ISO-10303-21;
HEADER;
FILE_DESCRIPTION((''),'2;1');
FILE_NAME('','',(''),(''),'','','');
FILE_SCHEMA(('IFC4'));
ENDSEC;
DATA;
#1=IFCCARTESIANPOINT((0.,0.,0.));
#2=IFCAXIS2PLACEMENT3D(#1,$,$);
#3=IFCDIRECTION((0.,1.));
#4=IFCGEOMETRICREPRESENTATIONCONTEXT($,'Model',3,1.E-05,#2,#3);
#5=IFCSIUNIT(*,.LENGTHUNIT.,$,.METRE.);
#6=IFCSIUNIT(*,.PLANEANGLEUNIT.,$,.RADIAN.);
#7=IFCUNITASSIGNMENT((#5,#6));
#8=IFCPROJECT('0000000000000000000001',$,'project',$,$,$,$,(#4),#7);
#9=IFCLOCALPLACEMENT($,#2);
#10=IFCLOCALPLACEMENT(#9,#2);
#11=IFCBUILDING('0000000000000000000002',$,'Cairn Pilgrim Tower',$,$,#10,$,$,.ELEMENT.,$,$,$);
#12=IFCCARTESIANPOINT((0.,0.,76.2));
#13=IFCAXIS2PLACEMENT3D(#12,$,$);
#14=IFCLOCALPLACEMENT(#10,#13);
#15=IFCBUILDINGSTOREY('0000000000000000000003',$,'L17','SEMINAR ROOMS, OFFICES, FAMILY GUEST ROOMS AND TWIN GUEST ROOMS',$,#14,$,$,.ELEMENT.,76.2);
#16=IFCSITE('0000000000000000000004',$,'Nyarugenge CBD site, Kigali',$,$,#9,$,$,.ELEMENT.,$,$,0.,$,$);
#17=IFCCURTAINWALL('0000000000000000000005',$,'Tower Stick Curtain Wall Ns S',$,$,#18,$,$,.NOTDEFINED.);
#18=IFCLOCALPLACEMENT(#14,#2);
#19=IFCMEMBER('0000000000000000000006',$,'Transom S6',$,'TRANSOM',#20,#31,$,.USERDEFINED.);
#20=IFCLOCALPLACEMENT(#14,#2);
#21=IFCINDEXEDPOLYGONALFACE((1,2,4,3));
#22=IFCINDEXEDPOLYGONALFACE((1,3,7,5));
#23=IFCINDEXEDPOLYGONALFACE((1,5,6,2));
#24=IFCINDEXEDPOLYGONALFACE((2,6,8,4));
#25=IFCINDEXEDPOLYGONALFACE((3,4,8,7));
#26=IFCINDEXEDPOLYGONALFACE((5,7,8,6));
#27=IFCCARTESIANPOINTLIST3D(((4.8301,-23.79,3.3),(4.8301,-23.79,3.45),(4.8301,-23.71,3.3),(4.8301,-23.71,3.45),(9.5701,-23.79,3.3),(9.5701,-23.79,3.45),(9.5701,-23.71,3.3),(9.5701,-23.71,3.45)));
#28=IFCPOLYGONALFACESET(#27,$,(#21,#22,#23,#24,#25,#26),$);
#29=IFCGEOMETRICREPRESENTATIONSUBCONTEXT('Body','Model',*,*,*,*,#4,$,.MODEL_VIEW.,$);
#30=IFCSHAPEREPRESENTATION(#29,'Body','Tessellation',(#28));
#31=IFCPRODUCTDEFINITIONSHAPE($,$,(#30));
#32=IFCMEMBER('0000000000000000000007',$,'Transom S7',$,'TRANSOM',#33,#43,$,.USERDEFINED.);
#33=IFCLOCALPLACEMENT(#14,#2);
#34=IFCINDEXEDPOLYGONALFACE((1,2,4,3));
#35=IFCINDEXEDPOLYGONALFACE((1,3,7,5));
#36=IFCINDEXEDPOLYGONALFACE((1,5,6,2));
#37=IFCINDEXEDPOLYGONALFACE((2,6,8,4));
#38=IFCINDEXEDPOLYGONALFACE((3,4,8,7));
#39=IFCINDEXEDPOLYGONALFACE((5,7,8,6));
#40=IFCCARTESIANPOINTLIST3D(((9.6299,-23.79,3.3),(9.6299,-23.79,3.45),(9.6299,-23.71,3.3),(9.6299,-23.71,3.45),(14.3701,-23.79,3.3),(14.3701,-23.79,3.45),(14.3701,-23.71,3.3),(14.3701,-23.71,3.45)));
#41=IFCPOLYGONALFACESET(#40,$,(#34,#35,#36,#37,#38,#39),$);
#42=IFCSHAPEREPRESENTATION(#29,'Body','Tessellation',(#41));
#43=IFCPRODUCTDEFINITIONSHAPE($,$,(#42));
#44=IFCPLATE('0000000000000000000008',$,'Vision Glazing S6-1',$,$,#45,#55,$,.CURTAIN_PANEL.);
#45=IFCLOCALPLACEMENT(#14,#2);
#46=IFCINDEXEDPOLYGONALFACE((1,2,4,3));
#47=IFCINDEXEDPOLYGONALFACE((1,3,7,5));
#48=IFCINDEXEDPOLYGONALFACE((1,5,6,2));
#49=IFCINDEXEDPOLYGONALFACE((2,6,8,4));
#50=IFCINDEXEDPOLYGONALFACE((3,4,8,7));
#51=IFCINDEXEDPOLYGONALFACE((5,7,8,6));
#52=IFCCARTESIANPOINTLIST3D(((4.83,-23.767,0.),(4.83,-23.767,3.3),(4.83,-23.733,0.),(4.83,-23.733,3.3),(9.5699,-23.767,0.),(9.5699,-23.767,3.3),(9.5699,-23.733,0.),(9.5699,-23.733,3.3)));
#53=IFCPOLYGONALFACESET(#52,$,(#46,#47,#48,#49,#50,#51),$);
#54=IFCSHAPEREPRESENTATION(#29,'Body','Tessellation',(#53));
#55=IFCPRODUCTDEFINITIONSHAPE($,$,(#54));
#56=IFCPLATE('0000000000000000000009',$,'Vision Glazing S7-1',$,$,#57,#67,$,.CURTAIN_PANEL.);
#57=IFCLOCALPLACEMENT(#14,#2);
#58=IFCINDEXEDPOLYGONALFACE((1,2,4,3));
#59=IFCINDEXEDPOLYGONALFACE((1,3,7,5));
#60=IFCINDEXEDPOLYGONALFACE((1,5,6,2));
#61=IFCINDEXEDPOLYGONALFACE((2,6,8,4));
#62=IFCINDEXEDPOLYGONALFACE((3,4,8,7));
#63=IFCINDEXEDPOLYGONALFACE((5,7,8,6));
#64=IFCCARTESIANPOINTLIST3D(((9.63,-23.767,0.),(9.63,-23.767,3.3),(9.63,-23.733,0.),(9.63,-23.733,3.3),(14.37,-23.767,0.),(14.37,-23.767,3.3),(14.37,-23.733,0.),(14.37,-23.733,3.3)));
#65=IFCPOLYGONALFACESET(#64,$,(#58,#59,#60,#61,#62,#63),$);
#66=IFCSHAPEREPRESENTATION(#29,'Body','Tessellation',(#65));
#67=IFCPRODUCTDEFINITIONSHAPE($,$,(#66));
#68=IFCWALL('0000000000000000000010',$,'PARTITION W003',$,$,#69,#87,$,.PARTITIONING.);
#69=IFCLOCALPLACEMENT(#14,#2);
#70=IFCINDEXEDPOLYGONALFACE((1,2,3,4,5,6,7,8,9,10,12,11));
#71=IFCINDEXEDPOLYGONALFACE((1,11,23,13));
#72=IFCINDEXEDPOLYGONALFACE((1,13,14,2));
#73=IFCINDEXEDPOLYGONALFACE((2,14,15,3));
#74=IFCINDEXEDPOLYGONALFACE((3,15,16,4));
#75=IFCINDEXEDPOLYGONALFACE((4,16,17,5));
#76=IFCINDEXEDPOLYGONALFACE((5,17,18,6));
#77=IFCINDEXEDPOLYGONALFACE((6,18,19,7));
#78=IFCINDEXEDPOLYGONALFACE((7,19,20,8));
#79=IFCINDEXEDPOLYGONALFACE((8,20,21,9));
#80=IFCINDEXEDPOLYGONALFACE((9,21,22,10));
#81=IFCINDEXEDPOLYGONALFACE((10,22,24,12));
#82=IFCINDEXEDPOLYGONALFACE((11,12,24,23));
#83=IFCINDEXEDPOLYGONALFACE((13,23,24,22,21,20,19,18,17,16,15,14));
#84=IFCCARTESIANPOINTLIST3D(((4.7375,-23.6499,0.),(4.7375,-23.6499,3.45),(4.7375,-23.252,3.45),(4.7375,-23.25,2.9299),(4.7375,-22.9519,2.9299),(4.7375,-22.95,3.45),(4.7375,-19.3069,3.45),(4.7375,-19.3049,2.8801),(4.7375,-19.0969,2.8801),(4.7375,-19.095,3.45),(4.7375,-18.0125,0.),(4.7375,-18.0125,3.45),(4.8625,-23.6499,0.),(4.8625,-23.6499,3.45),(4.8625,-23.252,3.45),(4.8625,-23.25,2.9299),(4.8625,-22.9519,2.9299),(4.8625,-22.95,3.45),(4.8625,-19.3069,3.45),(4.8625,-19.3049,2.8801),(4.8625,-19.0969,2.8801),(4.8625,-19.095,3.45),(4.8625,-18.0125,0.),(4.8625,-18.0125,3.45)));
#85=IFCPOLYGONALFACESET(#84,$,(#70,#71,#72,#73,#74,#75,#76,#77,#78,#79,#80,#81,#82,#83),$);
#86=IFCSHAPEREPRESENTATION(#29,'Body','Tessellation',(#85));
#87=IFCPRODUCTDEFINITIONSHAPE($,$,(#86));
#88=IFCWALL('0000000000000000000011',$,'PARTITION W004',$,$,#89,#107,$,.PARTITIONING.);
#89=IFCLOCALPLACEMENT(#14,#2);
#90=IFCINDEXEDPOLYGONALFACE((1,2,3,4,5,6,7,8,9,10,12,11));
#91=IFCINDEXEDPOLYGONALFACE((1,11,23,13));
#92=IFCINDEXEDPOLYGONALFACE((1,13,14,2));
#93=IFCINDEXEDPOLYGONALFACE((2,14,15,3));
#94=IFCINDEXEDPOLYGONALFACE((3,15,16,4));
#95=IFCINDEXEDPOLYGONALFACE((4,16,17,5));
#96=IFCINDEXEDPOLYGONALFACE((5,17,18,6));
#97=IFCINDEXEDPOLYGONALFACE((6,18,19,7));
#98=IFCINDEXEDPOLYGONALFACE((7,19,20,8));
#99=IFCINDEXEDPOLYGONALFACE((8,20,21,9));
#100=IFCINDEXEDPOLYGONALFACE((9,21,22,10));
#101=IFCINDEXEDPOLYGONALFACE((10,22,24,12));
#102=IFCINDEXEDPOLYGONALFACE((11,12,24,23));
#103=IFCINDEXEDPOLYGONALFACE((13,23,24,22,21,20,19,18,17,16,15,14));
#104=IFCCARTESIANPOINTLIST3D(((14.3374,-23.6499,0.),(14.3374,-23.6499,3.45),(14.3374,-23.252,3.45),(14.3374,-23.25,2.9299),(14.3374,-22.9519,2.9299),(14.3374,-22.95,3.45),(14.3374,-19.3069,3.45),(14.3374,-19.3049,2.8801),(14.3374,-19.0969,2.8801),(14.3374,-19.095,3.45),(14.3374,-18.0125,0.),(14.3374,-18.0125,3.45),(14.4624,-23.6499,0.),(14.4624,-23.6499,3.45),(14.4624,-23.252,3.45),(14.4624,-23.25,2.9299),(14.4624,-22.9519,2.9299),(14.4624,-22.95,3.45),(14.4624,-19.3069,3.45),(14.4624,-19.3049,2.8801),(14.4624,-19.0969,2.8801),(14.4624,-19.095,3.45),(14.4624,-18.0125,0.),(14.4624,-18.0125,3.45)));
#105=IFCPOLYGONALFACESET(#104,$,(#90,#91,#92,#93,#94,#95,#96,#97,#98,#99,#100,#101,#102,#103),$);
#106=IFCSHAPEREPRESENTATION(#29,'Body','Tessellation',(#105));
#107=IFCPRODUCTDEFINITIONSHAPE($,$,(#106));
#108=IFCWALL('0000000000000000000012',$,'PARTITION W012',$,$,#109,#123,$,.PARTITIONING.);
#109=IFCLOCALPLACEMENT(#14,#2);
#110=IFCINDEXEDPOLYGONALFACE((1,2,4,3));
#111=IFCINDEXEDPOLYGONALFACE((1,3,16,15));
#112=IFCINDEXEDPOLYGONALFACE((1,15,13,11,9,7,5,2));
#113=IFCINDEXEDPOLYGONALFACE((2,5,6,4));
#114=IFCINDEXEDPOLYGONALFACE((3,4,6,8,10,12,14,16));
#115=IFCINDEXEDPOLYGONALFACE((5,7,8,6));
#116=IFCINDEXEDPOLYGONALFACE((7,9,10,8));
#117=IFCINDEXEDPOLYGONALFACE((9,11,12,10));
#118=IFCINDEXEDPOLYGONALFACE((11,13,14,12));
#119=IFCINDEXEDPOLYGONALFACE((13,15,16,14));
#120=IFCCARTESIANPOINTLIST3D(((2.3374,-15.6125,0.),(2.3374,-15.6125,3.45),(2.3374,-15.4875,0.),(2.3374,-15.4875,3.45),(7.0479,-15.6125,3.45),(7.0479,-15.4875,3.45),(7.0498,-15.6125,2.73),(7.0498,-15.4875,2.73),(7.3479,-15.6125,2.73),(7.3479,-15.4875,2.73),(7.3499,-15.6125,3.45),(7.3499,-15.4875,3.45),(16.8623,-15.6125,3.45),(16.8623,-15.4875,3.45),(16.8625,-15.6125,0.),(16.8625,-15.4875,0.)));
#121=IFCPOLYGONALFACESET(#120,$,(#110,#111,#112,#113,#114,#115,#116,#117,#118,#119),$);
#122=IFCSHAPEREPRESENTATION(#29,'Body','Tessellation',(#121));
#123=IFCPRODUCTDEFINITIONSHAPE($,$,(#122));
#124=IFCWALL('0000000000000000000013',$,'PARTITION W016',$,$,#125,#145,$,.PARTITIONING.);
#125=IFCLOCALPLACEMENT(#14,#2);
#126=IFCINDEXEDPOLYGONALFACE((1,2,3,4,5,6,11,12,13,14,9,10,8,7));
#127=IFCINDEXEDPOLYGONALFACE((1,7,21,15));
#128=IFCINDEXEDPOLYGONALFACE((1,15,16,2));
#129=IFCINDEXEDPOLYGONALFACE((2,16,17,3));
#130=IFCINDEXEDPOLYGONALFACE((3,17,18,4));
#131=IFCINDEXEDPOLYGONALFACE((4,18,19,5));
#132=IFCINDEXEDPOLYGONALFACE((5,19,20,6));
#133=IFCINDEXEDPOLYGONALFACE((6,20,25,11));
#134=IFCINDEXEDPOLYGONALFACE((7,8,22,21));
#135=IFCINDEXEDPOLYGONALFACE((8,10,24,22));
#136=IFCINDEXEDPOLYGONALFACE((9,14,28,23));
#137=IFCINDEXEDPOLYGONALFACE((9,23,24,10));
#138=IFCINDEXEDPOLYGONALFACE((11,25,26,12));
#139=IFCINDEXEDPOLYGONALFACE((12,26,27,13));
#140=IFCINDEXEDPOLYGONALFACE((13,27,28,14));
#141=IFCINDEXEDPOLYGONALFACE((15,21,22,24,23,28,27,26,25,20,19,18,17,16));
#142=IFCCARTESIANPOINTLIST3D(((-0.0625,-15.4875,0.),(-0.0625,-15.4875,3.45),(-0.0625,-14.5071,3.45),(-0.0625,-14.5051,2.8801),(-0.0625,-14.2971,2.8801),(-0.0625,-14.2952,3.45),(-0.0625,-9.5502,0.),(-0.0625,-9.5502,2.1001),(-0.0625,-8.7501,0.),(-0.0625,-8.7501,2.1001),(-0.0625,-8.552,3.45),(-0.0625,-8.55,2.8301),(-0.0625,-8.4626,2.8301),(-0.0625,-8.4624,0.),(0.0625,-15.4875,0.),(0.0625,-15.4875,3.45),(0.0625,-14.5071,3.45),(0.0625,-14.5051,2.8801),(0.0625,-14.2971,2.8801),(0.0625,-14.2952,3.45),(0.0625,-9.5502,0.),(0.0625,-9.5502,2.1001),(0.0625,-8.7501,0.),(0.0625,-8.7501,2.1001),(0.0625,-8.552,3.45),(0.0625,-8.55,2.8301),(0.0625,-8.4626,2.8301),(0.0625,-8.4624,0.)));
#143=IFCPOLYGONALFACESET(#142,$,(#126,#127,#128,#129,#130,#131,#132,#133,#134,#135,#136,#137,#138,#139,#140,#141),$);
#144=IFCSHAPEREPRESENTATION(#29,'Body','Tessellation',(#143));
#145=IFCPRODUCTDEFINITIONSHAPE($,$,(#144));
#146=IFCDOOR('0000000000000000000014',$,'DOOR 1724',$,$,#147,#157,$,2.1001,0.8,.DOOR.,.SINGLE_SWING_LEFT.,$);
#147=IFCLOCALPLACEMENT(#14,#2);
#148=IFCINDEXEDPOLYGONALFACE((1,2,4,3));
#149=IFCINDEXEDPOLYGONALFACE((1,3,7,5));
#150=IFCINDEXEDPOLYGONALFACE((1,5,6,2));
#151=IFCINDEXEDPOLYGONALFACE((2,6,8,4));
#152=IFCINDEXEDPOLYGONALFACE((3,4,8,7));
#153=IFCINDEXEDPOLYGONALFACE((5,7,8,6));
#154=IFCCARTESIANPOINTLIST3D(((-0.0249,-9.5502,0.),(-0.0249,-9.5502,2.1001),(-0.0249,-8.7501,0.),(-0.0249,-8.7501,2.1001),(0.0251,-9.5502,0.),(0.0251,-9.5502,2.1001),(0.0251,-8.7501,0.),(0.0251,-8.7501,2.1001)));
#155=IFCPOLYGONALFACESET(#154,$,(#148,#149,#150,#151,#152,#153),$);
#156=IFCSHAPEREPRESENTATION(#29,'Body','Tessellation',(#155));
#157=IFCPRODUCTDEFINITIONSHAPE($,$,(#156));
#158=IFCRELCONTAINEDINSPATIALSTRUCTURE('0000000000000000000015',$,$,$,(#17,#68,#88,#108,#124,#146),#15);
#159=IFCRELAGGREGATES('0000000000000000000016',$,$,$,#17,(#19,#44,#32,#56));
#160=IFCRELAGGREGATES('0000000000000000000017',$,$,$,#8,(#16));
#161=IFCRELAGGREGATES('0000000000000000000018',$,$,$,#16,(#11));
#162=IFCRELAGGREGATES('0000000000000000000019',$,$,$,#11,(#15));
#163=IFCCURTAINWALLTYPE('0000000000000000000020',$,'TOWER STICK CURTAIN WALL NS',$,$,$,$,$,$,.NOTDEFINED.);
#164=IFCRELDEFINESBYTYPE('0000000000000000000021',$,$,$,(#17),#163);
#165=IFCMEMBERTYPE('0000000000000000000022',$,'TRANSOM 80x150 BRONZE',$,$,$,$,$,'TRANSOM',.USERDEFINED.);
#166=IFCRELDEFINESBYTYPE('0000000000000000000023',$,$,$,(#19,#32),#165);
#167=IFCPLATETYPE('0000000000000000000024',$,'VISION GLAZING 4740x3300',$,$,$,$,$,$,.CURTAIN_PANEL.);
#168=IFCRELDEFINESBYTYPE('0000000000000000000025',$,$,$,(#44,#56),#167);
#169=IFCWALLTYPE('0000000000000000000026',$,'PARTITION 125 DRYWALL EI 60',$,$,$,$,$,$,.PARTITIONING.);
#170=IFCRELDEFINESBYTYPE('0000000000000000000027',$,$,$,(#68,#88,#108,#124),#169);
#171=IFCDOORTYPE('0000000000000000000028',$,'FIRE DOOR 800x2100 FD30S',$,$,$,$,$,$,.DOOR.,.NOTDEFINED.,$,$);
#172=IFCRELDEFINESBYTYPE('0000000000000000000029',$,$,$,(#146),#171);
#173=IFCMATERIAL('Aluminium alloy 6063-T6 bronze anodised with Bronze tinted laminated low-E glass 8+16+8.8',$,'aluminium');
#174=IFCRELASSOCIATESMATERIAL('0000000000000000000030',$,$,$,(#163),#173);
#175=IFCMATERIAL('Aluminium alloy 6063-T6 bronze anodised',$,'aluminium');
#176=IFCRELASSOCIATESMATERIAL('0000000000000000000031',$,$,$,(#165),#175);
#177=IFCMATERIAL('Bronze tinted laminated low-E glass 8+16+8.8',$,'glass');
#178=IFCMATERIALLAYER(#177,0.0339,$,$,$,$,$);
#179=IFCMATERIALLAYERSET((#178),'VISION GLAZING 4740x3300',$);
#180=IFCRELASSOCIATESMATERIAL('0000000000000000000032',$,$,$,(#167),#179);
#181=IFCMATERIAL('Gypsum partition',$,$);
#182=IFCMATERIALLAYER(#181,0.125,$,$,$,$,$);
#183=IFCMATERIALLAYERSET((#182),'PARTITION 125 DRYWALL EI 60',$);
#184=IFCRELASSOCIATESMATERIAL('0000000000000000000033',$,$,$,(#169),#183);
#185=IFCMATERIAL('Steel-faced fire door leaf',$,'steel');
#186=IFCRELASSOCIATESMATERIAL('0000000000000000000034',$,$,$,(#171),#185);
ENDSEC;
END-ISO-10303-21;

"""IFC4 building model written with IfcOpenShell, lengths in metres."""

from ifc_helpers import new_model, si_unit, direction, frame, frame_2d, origin, origin_2d, place, context, subcontext, project, spatial, polyline, rectangle, outline, extrude, material, layer, layer_set, material_profile, profile_set, type_object, element, fill, aggregate, save


model = new_model("IFC4")

# Units and contexts
model_context = context("Model", 3, precision=1e-05, world=origin(), true_north=direction((0.0, 1.0)))
body_context = subcontext(model_context, "Body", "Model", "MODEL_VIEW")
ifc_project = project(units=[si_unit("LENGTHUNIT", "METRE"), si_unit("PLANEANGLEUNIT", "RADIAN")], contexts=[model_context])

# Site, building, storey
site_placement = place(None, origin())
site = spatial("IfcSite", under=ifc_project, at=site_placement, Name="Nyarugenge CBD site, Kigali", CompositionType="ELEMENT", RefElevation=0.0)
building_placement = place(site_placement, origin())
building = spatial("IfcBuilding", under=site, at=building_placement, Name="Cairn Pilgrim Tower", CompositionType="ELEMENT")
storey_placement = place(building_placement, frame((0.0, 0.0, 76.2)))
storey = spatial("IfcBuildingStorey", under=building, at=storey_placement, Name="L17", Description="SEMINAR ROOMS, OFFICES, FAMILY GUEST ROOMS AND TWIN GUEST ROOMS", CompositionType="ELEMENT", Elevation=76.2)

# Curtain wall
ifc_material_1 = material(Name="Aluminium alloy 6063-T6 bronze anodised with Bronze tinted laminated low-E glass 8+16+8.8", Category="aluminium")
curtain_wall_type = type_object("IfcCurtainWallType", Name="TOWER STICK CURTAIN WALL NS", PredefinedType="NOTDEFINED", material=ifc_material_1)
curtain_wall_placement = place(storey_placement, origin())
curtain_wall = element("IfcCurtainWall", 1, at=curtain_wall_placement, inside=storey, type_object=curtain_wall_type, Name="Tower Stick Curtain Wall Ns S", PredefinedType="NOTDEFINED")
ifc_material_2 = material(Name="Aluminium alloy 6063-T6 bronze anodised", Category="aluminium")

# Members
ifc_material_profile_1 = material_profile(ifc_material_2, rectangle(XDim=0.0801, YDim=0.1499, at=origin_2d()), Name="TRANSOM 80x150 BRONZE")
ifc_profile_set_1 = profile_set([ifc_material_profile_1], Name="Aluminium alloy 6063-T6 bronze anodised")
member_type_1 = type_object("IfcMemberType", Name="TRANSOM 80x150 BRONZE", ElementType="TRANSOM", PredefinedType="USERDEFINED", material=ifc_profile_set_1)
member_1_placement = place(storey_placement, frame((4.8301, -23.75, 3.375), z_axis=(1.0, 0.0, 0.0), x_axis=(0.0, 1.0, 0.0)))
member_1 = element("IfcMember", 2, at=member_1_placement, type_object=member_type_1, Name="Transom S6", ObjectType="TRANSOM", PredefinedType="USERDEFINED", context=body_context, shape_type="SweptSolid", body=[
    extrude(rectangle(XDim=0.0801, YDim=0.1499, at=origin_2d()), origin(), (0.0, 0.0, 1.0), 4.74),
])
member_2_placement = place(storey_placement, frame((9.6299, -23.75, 3.375), z_axis=(1.0, 0.0, 0.0), x_axis=(0.0, 1.0, 0.0)))
member_2 = element("IfcMember", 3, at=member_2_placement, type_object=member_type_1, Name="Transom S7", ObjectType="TRANSOM", PredefinedType="USERDEFINED", context=body_context, shape_type="SweptSolid", body=[
    extrude(rectangle(XDim=0.0801, YDim=0.1499, at=origin_2d()), origin(), (0.0, 0.0, 1.0), 4.7402),
])

# Plates
ifc_material_3 = material(Name="Bronze tinted laminated low-E glass 8+16+8.8", Category="glass")
ifc_layer_1 = layer(ifc_material_3, 0.0339)
ifc_layer_set_1 = layer_set([ifc_layer_1], Name="VISION GLAZING 4740x3300")
plate_type = type_object("IfcPlateType", Name="VISION GLAZING 4740x3300", PredefinedType="CURTAIN_PANEL", material=ifc_layer_set_1)
plate_1_placement = place(storey_placement, frame((7.2, -23.75, 0.0), z_axis=(0.0, 0.0, 1.0), x_axis=(1.0, 0.0, 0.0)))
plate_1 = element("IfcPlate", 4, at=plate_1_placement, type_object=plate_type, Name="Vision Glazing S6-1", PredefinedType="CURTAIN_PANEL", context=body_context, shape_type="SweptSolid", body=[
    extrude(rectangle(XDim=4.74, YDim=0.0339, at=origin_2d()), origin(), (0.0, 0.0, 1.0), 3.3),
])
plate_2_placement = place(storey_placement, frame((12.0, -23.75, 0.0), z_axis=(0.0, 0.0, 1.0), x_axis=(1.0, 0.0, 0.0)))
plate_2 = element("IfcPlate", 5, at=plate_2_placement, type_object=plate_type, Name="Vision Glazing S7-1", PredefinedType="CURTAIN_PANEL", context=body_context, shape_type="SweptSolid", body=[
    extrude(rectangle(XDim=4.74, YDim=0.0339, at=origin_2d()), origin(), (0.0, 0.0, 1.0), 3.3),
])
aggregate(curtain_wall, [member_1, plate_1, member_2, plate_2])

# Walls
ifc_material_4 = material(Name="Gypsum partition")
ifc_layer_2 = layer(ifc_material_4, 0.125)
ifc_layer_set_2 = layer_set([ifc_layer_2], Name="PARTITION 125 DRYWALL EI 60")
wall_type_1 = type_object("IfcWallType", Name="PARTITION 125 DRYWALL EI 60", PredefinedType="PARTITIONING", material=ifc_layer_set_2)
for number, where, z_axis, x_axis, name in (
    (6, (4.8, -23.6499, 0.0), (0.0, 0.0, 1.0), (0.0, 1.0, 0.0), "PARTITION W003"),
    (7, (14.3999, -23.6499, 0.0), (0.0, 0.0, 1.0), (0.0, 1.0, 0.0), "PARTITION W004"),
):
    element("IfcWall", number, at=place(storey_placement, frame(where, z_axis=z_axis, x_axis=x_axis)), inside=storey, type_object=wall_type_1, Name=name, PredefinedType="PARTITIONING", context=body_context, shape_type="SweptSolid", body=[
        extrude(outline(polyline([(0.0, 0.0), (5.6375, 0.0), (5.6375, 3.45), (4.5549, 3.45), (4.553, 2.8801), (4.345, 2.8801), (4.343, 3.45), (0.7, 3.45), (0.698, 2.9299), (0.3999, 2.9299), (0.3979, 3.45), (0.0, 3.45), (0.0, 0.0)])), frame((0.0, 0.0625, 0.0), z_axis=(0.0, -1.0, 0.0), x_axis=(1.0, 0.0, 0.0)), (0.0, 0.0, 1.0), 0.125),
    ])
wall_1_placement = place(storey_placement, frame((2.3374, -15.55, 0.0), z_axis=(0.0, 0.0, 1.0), x_axis=(1.0, 0.0, 0.0)))
element("IfcWall", 8, at=wall_1_placement, inside=storey, type_object=wall_type_1, Name="PARTITION W012", PredefinedType="PARTITIONING", context=body_context, shape_type="SweptSolid", body=[
    extrude(outline(polyline([(0.0, 0.0), (14.5251, 0.0), (14.5249, 3.45), (5.0125, 3.45), (5.0105, 2.73), (4.7124, 2.73), (4.7104, 3.45), (0.0, 3.45), (0.0, 0.0)])), frame((0.0, 0.0625, 0.0), z_axis=(0.0, -1.0, 0.0), x_axis=(1.0, 0.0, 0.0)), (0.0, 0.0, 1.0), 0.125),
])

# Wall, opening, door
wall_2_placement = place(storey_placement, frame((0.0, -15.4875, 0.0), z_axis=(0.0, 0.0, 1.0), x_axis=(0.0, 1.0, 0.0)))
wall_2 = element("IfcWall", 9, at=wall_2_placement, inside=storey, type_object=wall_type_1, Name="PARTITION W016", PredefinedType="PARTITIONING", context=body_context, shape_type="SweptSolid", body=[
    extrude(outline(polyline([(0.0, 0.0), (7.0251, 0.0), (7.0249, 2.8301), (6.9375, 2.8301), (6.9355, 3.45), (1.1924, 3.45), (1.1904, 2.8801), (0.9824, 2.8801), (0.9805, 3.45), (0.0, 3.45), (0.0, 0.0)])), frame((0.0, 0.0625, 0.0), z_axis=(0.0, -1.0, 0.0), x_axis=(1.0, 0.0, 0.0)), (0.0, 0.0, 1.0), 0.125),
])
opening_1_placement = place(wall_2_placement, frame((5.9375, 0.0, 0.0)))
opening_1 = element("IfcOpeningElement", 10, at=opening_1_placement, cuts=wall_2, PredefinedType="OPENING", context=body_context, shape_type="SweptSolid", body=[
    extrude(rectangle(XDim=0.8, YDim=2.1001, at=frame_2d((0.3999, 1.05))), frame((0.0, 0.0725, 0.0), z_axis=(0.0, -1.0, 0.0), x_axis=(1.0, 0.0, 0.0)), (0.0, 0.0, 1.0), 0.145),
])
ifc_material_5 = material(Name="Steel-faced fire door leaf", Category="steel")
door_type_1 = type_object("IfcDoorType", Name="FIRE DOOR 800x2100 FD30S", OperationType="NOTDEFINED", PredefinedType="DOOR", material=ifc_material_5)
door_1_placement = place(opening_1_placement, origin())
door_1 = element("IfcDoor", 11, at=door_1_placement, inside=storey, type_object=door_type_1, Name="DOOR 1724", OperationType="SINGLE_SWING_LEFT", OverallHeight=2.1001, OverallWidth=0.8, PredefinedType="DOOR", context=body_context, shape_type="SweptSolid", body=[
    extrude(rectangle(XDim=0.8, YDim=2.1001, at=frame_2d((0.3999, 1.05))), frame((0.0, 0.0249, 0.0), z_axis=(0.0, -1.0, 0.0), x_axis=(1.0, 0.0, 0.0)), (0.0, 0.0, 1.0), 0.05),
])
fill(opening_1, door_1)

save(model, "model.ifc")
